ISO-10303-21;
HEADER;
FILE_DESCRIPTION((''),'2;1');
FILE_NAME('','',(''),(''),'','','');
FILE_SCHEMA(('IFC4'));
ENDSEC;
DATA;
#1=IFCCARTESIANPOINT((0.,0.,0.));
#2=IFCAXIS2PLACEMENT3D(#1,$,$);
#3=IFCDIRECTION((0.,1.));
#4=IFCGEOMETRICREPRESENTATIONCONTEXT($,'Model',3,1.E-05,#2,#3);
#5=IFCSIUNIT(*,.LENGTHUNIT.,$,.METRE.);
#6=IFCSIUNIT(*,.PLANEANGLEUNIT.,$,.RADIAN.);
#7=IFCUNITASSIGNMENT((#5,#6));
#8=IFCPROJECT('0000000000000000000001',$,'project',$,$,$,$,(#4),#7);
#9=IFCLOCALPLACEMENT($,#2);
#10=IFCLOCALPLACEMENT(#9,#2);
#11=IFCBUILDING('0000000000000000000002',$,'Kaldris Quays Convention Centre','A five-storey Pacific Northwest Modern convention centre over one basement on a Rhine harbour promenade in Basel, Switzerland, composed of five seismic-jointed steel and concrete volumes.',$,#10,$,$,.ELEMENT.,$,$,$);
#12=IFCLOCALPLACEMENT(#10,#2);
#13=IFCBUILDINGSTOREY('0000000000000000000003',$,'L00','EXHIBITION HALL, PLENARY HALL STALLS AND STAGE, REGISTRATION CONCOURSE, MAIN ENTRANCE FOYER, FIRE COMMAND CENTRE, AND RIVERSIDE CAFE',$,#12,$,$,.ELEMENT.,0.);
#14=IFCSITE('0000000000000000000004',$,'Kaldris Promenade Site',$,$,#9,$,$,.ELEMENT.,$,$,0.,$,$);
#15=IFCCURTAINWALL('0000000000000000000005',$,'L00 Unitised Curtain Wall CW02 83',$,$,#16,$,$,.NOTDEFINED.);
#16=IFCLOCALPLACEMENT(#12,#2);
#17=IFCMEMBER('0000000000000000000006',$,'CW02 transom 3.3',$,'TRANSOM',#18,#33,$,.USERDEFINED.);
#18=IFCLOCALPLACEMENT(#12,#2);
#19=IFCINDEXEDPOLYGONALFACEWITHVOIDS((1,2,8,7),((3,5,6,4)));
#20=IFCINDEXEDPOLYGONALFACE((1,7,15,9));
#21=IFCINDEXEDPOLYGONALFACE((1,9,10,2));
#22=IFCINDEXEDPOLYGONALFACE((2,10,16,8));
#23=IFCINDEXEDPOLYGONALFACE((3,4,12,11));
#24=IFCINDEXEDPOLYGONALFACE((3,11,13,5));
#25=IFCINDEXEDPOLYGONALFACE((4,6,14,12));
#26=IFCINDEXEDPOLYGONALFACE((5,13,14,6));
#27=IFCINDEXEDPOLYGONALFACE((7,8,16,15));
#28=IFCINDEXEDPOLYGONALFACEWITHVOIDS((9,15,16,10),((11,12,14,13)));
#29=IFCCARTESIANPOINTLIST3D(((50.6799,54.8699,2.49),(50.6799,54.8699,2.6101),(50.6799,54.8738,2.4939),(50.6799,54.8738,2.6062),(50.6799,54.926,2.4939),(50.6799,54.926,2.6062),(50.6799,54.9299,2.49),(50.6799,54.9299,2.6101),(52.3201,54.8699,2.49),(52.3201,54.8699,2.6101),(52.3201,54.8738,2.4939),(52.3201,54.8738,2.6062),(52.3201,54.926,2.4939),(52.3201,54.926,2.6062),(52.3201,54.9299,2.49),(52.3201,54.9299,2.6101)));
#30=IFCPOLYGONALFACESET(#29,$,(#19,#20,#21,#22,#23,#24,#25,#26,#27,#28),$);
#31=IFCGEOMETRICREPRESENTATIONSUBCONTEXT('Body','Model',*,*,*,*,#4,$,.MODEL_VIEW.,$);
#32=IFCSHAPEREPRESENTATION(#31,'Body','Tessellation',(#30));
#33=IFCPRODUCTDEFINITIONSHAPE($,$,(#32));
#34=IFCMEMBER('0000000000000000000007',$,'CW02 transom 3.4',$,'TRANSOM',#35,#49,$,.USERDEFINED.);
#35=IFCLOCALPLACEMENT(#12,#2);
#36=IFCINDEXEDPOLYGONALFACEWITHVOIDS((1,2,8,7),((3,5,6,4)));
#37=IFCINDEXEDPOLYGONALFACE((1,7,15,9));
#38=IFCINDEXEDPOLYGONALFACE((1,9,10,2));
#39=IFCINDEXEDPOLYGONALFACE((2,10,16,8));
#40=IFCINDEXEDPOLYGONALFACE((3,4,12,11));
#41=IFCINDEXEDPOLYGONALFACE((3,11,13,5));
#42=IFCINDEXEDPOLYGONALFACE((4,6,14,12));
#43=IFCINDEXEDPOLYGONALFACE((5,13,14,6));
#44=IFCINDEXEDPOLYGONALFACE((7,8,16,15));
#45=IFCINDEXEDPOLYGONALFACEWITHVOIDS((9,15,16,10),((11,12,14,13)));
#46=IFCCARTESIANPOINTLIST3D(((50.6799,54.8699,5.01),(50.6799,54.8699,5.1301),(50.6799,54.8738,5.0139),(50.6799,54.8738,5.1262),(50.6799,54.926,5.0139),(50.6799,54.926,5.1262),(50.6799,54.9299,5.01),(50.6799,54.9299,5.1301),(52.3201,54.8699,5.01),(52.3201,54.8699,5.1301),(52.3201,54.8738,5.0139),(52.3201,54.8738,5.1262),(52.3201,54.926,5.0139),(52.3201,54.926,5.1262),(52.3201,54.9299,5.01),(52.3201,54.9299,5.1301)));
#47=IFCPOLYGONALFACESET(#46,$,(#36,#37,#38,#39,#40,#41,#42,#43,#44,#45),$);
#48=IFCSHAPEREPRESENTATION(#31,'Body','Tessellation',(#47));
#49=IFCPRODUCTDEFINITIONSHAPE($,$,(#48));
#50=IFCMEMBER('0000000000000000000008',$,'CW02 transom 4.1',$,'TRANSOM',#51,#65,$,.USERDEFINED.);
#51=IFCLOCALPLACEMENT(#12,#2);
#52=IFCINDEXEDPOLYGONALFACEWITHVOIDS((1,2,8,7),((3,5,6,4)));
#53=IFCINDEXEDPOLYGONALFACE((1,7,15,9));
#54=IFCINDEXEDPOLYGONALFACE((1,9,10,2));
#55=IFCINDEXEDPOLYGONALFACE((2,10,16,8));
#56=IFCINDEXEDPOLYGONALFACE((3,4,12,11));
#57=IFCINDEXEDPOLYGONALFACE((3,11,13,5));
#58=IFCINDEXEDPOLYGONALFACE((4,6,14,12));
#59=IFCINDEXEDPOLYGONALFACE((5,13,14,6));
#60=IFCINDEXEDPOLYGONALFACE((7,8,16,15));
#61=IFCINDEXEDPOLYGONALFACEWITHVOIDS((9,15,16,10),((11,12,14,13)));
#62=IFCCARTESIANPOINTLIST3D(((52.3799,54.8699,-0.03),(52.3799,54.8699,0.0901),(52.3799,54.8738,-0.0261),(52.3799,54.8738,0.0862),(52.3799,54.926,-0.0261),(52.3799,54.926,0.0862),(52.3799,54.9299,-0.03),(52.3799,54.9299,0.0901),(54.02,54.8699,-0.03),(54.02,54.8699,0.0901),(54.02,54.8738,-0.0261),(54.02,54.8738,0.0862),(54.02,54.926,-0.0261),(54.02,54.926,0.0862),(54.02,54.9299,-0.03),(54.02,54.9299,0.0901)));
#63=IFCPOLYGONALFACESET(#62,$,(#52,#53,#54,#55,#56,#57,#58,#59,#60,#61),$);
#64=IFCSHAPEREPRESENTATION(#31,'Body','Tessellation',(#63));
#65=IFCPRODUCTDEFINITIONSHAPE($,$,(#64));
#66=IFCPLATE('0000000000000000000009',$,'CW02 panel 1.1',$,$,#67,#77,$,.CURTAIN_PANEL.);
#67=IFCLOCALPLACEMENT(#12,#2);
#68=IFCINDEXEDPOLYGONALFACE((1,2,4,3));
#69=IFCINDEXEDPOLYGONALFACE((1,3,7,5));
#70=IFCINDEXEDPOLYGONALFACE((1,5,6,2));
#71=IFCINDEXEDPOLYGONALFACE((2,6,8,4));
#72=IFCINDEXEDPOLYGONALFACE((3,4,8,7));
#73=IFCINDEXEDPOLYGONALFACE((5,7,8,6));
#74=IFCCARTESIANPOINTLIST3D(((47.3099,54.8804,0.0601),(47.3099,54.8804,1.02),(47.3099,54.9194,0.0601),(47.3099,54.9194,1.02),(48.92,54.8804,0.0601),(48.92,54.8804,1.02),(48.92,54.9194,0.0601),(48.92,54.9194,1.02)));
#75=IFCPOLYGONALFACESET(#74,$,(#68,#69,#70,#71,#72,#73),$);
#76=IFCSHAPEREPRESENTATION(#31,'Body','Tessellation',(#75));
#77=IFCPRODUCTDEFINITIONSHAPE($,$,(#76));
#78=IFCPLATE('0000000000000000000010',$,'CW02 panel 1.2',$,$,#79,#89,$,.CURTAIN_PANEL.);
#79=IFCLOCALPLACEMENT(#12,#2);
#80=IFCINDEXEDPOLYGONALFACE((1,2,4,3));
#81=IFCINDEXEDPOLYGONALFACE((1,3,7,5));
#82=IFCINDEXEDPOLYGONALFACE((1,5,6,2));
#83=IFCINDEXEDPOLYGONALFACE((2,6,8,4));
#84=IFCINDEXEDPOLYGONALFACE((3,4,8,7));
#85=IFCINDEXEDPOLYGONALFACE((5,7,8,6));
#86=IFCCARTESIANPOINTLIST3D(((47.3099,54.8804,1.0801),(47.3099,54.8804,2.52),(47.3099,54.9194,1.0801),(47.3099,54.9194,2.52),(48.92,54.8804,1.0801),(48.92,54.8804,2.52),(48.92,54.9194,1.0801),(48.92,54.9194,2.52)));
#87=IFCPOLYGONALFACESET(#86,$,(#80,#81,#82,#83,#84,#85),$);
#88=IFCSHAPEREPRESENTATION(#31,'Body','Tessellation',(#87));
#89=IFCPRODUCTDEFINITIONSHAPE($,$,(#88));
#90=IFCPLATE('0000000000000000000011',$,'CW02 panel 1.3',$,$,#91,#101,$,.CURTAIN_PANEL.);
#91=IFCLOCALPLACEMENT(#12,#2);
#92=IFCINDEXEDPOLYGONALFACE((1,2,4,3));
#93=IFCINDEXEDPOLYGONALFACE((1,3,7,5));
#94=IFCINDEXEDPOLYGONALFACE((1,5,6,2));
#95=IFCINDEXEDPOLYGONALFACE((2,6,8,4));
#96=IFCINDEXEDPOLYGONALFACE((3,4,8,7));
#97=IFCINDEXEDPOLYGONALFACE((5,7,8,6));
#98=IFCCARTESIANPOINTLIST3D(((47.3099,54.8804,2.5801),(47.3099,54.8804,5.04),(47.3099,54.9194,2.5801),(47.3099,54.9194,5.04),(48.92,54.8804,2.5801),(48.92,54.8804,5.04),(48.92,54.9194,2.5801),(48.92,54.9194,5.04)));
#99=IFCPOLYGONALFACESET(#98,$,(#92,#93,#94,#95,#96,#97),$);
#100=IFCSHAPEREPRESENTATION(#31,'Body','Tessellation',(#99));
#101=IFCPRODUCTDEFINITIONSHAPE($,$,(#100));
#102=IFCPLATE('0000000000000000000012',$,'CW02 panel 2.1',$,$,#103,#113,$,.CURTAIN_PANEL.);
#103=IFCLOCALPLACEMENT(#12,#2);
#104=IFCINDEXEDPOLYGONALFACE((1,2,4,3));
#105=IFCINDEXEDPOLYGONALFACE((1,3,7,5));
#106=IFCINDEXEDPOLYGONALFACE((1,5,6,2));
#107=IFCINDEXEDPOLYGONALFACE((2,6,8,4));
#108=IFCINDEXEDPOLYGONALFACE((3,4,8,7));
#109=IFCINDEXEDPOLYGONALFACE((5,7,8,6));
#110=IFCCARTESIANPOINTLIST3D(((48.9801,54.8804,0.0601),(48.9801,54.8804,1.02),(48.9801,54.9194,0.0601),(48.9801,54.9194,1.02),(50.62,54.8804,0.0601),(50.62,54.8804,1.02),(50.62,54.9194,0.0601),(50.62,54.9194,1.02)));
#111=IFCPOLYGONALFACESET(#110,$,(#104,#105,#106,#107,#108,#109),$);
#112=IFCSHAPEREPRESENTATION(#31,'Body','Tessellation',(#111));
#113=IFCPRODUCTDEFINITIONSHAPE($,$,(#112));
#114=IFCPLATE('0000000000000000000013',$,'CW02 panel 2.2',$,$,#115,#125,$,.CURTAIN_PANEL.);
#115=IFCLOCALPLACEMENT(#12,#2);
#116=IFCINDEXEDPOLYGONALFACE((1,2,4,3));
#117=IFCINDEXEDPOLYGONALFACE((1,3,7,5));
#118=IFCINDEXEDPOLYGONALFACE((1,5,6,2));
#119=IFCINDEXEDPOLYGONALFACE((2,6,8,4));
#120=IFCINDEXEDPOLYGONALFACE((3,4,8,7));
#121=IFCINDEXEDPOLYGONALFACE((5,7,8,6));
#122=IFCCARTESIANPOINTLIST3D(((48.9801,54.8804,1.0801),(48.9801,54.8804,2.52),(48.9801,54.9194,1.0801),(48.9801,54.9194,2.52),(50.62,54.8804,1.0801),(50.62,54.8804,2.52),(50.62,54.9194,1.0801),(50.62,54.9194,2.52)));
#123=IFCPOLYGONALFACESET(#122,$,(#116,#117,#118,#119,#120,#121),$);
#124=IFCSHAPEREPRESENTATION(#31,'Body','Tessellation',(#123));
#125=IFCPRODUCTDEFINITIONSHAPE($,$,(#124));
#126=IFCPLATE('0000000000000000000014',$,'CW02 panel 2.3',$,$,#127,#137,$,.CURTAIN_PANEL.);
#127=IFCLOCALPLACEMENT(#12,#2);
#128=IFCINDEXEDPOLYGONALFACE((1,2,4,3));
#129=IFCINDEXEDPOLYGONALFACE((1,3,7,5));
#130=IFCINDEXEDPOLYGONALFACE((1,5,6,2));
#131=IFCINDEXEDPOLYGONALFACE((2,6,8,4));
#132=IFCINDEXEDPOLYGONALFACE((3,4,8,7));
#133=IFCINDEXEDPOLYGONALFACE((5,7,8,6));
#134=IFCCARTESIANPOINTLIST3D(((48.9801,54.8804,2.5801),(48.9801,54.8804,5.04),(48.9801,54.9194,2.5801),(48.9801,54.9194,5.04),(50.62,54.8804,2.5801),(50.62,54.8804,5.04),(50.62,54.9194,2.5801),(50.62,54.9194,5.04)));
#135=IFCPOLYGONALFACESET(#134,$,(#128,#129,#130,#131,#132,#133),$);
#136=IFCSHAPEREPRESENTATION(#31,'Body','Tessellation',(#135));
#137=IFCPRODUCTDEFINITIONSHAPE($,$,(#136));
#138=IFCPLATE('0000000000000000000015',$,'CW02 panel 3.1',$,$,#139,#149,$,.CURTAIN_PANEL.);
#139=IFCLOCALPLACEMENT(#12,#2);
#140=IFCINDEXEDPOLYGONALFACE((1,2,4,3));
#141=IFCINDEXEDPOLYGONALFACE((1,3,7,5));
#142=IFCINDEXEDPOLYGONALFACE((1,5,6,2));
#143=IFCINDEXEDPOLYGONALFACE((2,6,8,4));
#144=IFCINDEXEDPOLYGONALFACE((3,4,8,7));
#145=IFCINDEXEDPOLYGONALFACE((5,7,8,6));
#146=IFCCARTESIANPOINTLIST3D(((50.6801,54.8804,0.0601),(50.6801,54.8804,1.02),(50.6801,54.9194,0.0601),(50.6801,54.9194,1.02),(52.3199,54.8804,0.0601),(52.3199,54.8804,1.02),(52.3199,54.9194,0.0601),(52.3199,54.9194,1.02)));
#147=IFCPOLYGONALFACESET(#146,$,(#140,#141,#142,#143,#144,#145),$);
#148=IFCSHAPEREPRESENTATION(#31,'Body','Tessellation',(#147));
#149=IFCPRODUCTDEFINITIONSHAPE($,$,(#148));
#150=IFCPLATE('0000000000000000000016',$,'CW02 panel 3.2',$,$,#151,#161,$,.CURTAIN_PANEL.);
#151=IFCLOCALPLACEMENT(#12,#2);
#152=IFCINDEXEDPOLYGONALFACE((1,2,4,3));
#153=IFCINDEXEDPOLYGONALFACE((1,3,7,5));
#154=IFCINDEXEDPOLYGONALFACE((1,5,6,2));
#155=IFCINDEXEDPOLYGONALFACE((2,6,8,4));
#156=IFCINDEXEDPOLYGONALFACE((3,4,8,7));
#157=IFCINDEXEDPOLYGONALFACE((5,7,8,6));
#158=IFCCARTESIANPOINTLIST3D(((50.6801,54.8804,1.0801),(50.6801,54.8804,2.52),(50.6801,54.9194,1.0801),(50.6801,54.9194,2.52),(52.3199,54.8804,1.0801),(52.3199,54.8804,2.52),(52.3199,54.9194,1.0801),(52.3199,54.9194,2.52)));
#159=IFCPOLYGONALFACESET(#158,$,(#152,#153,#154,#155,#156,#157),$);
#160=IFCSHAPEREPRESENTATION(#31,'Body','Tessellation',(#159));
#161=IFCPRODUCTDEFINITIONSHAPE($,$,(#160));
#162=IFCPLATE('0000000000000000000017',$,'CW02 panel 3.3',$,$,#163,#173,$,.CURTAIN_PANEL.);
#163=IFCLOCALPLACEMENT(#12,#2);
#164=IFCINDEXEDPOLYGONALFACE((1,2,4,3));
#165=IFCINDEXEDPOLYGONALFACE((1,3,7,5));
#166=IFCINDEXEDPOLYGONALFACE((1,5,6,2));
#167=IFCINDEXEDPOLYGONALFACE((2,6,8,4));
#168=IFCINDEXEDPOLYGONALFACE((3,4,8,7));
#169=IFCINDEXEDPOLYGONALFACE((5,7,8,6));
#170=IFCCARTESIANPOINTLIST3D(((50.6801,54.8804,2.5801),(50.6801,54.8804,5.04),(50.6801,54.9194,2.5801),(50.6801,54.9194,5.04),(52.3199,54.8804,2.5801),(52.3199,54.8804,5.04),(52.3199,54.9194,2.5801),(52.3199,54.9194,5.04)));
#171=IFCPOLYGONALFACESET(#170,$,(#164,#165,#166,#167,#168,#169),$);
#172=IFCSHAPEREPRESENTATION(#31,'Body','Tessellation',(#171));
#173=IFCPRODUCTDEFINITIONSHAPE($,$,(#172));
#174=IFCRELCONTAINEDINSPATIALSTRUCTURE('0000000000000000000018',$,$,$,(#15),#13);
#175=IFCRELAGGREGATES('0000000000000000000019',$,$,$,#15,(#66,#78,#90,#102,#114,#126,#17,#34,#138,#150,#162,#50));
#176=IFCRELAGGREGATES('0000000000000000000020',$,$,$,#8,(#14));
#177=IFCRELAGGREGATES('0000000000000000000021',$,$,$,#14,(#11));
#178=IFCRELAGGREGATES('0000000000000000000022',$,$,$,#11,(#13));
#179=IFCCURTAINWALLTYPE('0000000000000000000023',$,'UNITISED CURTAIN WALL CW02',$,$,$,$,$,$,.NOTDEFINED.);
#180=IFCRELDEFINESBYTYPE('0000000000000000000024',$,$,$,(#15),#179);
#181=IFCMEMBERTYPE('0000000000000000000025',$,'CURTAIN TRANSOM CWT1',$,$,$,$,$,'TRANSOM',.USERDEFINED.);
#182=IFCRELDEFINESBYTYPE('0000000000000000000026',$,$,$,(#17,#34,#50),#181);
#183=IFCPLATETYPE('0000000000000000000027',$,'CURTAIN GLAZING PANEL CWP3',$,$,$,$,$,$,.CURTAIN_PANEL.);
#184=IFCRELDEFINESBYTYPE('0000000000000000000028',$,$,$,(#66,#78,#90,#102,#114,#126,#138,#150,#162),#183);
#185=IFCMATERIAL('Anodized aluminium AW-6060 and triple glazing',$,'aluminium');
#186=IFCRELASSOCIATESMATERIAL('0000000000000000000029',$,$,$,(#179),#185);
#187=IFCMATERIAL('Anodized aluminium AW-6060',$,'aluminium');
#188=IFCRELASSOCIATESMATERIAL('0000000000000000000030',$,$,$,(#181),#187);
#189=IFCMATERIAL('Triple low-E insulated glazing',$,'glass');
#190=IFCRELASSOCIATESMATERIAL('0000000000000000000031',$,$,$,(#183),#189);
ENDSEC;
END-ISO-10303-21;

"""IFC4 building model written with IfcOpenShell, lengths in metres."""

from ifc_helpers import new_model, si_unit, direction, frame, origin, origin_2d, place, context, subcontext, project, spatial, rectangle, hollow_rectangle, extrude, material, material_profile, profile_set, type_object, element, aggregate, save


model = new_model("IFC4")

# Units and contexts
model_context = context("Model", 3, precision=1e-05, world=origin(), true_north=direction((0.0, 1.0)))
body_context = subcontext(model_context, "Body", "Model", "MODEL_VIEW")
ifc_project = project(units=[si_unit("LENGTHUNIT", "METRE"), si_unit("PLANEANGLEUNIT", "RADIAN")], contexts=[model_context])

# Site, building, storey
site_placement = place(None, origin())
site = spatial("IfcSite", under=ifc_project, at=site_placement, Name="Kaldris Promenade Site", CompositionType="ELEMENT", RefElevation=0.0)
building_placement = place(site_placement, origin())
building = spatial("IfcBuilding", under=site, at=building_placement, Name="Kaldris Quays Convention Centre", Description="A five-storey Pacific Northwest Modern convention centre over one basement on a Rhine harbour promenade in Basel, Switzerland, composed of five seismic-jointed steel and concrete volumes.", CompositionType="ELEMENT")
storey_placement = place(building_placement, origin())
storey = spatial("IfcBuildingStorey", under=building, at=storey_placement, Name="L00", Description="EXHIBITION HALL, PLENARY HALL STALLS AND STAGE, REGISTRATION CONCOURSE, MAIN ENTRANCE FOYER, FIRE COMMAND CENTRE, AND RIVERSIDE CAFE", CompositionType="ELEMENT", Elevation=0.0)

# Curtain wall, members, plates
ifc_material_1 = material(Name="Anodized aluminium AW-6060 and triple glazing", Category="aluminium")
curtain_wall_type = type_object("IfcCurtainWallType", Name="UNITISED CURTAIN WALL CW02", PredefinedType="NOTDEFINED", material=ifc_material_1)
curtain_wall_placement = place(storey_placement, origin())
curtain_wall = element("IfcCurtainWall", 1, at=curtain_wall_placement, inside=storey, type_object=curtain_wall_type, Name="L00 Unitised Curtain Wall CW02 83", PredefinedType="NOTDEFINED")
ifc_material_2 = material(Name="Anodized aluminium AW-6060", Category="aluminium")
ifc_material_profile_1 = material_profile(ifc_material_2, hollow_rectangle(XDim=0.0601, YDim=0.1201, WallThickness=0.0039, at=origin_2d()), Name="RHS 120x60x4")
ifc_profile_set_1 = profile_set([ifc_material_profile_1], Name="Anodized aluminium AW-6060")
member_type_1 = type_object("IfcMemberType", Name="CURTAIN TRANSOM CWT1", ElementType="TRANSOM", PredefinedType="USERDEFINED", material=ifc_profile_set_1)
member_1_placement = place(storey_placement, frame((50.6799, 54.8999, 2.55), z_axis=(1.0, 0.0, 0.0), x_axis=(0.0, 1.0, 0.0)))
member_1 = element("IfcMember", 2, at=member_1_placement, type_object=member_type_1, Name="CW02 transom 3.3", ObjectType="TRANSOM", PredefinedType="USERDEFINED", context=body_context, shape_type="SweptSolid", body=[
    extrude(hollow_rectangle(XDim=0.0601, YDim=0.1201, WallThickness=0.0039, at=origin_2d()), origin(), (0.0, 0.0, 1.0), 1.6401),
])
member_2_placement = place(storey_placement, frame((50.6799, 54.8999, 5.0701), z_axis=(1.0, 0.0, 0.0), x_axis=(0.0, 1.0, 0.0)))
member_2 = element("IfcMember", 3, at=member_2_placement, type_object=member_type_1, Name="CW02 transom 3.4", ObjectType="TRANSOM", PredefinedType="USERDEFINED", context=body_context, shape_type="SweptSolid", body=[
    extrude(hollow_rectangle(XDim=0.0601, YDim=0.1201, WallThickness=0.0039, at=origin_2d()), origin(), (0.0, 0.0, 1.0), 1.6401),
])
member_3_placement = place(storey_placement, frame((52.3799, 54.8999, 0.03), z_axis=(1.0, 0.0, 0.0), x_axis=(0.0, 1.0, 0.0)))
member_3 = element("IfcMember", 4, at=member_3_placement, type_object=member_type_1, Name="CW02 transom 4.1", ObjectType="TRANSOM", PredefinedType="USERDEFINED", context=body_context, shape_type="SweptSolid", body=[
    extrude(hollow_rectangle(XDim=0.0601, YDim=0.1201, WallThickness=0.0039, at=origin_2d()), origin(), (0.0, 0.0, 1.0), 1.6401),
])
ifc_material_3 = material(Name="Triple low-E insulated glazing", Category="glass")
plate_type = type_object("IfcPlateType", Name="CURTAIN GLAZING PANEL CWP3", PredefinedType="CURTAIN_PANEL", material=ifc_material_3)
plate_1_placement = place(storey_placement, frame((48.115, 54.8999, 0.0601), z_axis=(0.0, 0.0, 1.0), x_axis=(1.0, 0.0, 0.0)))
plate_1 = element("IfcPlate", 5, at=plate_1_placement, type_object=plate_type, Name="CW02 panel 1.1", PredefinedType="CURTAIN_PANEL", context=body_context, shape_type="SweptSolid", body=[
    extrude(rectangle(XDim=1.6101, YDim=0.0391, at=origin_2d()), origin(), (0.0, 0.0, 1.0), 0.96),
])
plate_2_placement = place(storey_placement, frame((48.115, 54.8999, 1.0801), z_axis=(0.0, 0.0, 1.0), x_axis=(1.0, 0.0, 0.0)))
plate_2 = element("IfcPlate", 6, at=plate_2_placement, type_object=plate_type, Name="CW02 panel 1.2", PredefinedType="CURTAIN_PANEL", context=body_context, shape_type="SweptSolid", body=[
    extrude(rectangle(XDim=1.6101, YDim=0.0391, at=origin_2d()), origin(), (0.0, 0.0, 1.0), 1.4399),
])
plate_3_placement = place(storey_placement, frame((48.115, 54.8999, 2.5801), z_axis=(0.0, 0.0, 1.0), x_axis=(1.0, 0.0, 0.0)))
plate_3 = element("IfcPlate", 7, at=plate_3_placement, type_object=plate_type, Name="CW02 panel 1.3", PredefinedType="CURTAIN_PANEL", context=body_context, shape_type="SweptSolid", body=[
    extrude(rectangle(XDim=1.6101, YDim=0.0391, at=origin_2d()), origin(), (0.0, 0.0, 1.0), 2.46),
])
plate_4_placement = place(storey_placement, frame((49.8, 54.8999, 0.0601), z_axis=(0.0, 0.0, 1.0), x_axis=(1.0, 0.0, 0.0)))
plate_4 = element("IfcPlate", 8, at=plate_4_placement, type_object=plate_type, Name="CW02 panel 2.1", PredefinedType="CURTAIN_PANEL", context=body_context, shape_type="SweptSolid", body=[
    extrude(rectangle(XDim=1.6399, YDim=0.0391, at=origin_2d()), origin(), (0.0, 0.0, 1.0), 0.96),
])
plate_5_placement = place(storey_placement, frame((49.8, 54.8999, 1.0801), z_axis=(0.0, 0.0, 1.0), x_axis=(1.0, 0.0, 0.0)))
plate_5 = element("IfcPlate", 9, at=plate_5_placement, type_object=plate_type, Name="CW02 panel 2.2", PredefinedType="CURTAIN_PANEL", context=body_context, shape_type="SweptSolid", body=[
    extrude(rectangle(XDim=1.6399, YDim=0.0391, at=origin_2d()), origin(), (0.0, 0.0, 1.0), 1.4399),
])
plate_6_placement = place(storey_placement, frame((49.8, 54.8999, 2.5801), z_axis=(0.0, 0.0, 1.0), x_axis=(1.0, 0.0, 0.0)))
plate_6 = element("IfcPlate", 10, at=plate_6_placement, type_object=plate_type, Name="CW02 panel 2.3", PredefinedType="CURTAIN_PANEL", context=body_context, shape_type="SweptSolid", body=[
    extrude(rectangle(XDim=1.6399, YDim=0.0391, at=origin_2d()), origin(), (0.0, 0.0, 1.0), 2.46),
])
plate_7_placement = place(storey_placement, frame((51.5, 54.8999, 0.0601), z_axis=(0.0, 0.0, 1.0), x_axis=(1.0, 0.0, 0.0)))
plate_7 = element("IfcPlate", 11, at=plate_7_placement, type_object=plate_type, Name="CW02 panel 3.1", PredefinedType="CURTAIN_PANEL", context=body_context, shape_type="SweptSolid", body=[
    extrude(rectangle(XDim=1.6399, YDim=0.0391, at=origin_2d()), origin(), (0.0, 0.0, 1.0), 0.96),
])
plate_8_placement = place(storey_placement, frame((51.5, 54.8999, 1.0801), z_axis=(0.0, 0.0, 1.0), x_axis=(1.0, 0.0, 0.0)))
plate_8 = element("IfcPlate", 12, at=plate_8_placement, type_object=plate_type, Name="CW02 panel 3.2", PredefinedType="CURTAIN_PANEL", context=body_context, shape_type="SweptSolid", body=[
    extrude(rectangle(XDim=1.6399, YDim=0.0391, at=origin_2d()), origin(), (0.0, 0.0, 1.0), 1.4399),
])
plate_9_placement = place(storey_placement, frame((51.5, 54.8999, 2.5801), z_axis=(0.0, 0.0, 1.0), x_axis=(1.0, 0.0, 0.0)))
plate_9 = element("IfcPlate", 13, at=plate_9_placement, type_object=plate_type, Name="CW02 panel 3.3", PredefinedType="CURTAIN_PANEL", context=body_context, shape_type="SweptSolid", body=[
    extrude(rectangle(XDim=1.6399, YDim=0.0391, at=origin_2d()), origin(), (0.0, 0.0, 1.0), 2.46),
])
aggregate(curtain_wall, [plate_1, plate_2, plate_3, plate_4, plate_5, plate_6, member_1, member_2, plate_7, plate_8, plate_9, member_3])

save(model, "model.ifc")
